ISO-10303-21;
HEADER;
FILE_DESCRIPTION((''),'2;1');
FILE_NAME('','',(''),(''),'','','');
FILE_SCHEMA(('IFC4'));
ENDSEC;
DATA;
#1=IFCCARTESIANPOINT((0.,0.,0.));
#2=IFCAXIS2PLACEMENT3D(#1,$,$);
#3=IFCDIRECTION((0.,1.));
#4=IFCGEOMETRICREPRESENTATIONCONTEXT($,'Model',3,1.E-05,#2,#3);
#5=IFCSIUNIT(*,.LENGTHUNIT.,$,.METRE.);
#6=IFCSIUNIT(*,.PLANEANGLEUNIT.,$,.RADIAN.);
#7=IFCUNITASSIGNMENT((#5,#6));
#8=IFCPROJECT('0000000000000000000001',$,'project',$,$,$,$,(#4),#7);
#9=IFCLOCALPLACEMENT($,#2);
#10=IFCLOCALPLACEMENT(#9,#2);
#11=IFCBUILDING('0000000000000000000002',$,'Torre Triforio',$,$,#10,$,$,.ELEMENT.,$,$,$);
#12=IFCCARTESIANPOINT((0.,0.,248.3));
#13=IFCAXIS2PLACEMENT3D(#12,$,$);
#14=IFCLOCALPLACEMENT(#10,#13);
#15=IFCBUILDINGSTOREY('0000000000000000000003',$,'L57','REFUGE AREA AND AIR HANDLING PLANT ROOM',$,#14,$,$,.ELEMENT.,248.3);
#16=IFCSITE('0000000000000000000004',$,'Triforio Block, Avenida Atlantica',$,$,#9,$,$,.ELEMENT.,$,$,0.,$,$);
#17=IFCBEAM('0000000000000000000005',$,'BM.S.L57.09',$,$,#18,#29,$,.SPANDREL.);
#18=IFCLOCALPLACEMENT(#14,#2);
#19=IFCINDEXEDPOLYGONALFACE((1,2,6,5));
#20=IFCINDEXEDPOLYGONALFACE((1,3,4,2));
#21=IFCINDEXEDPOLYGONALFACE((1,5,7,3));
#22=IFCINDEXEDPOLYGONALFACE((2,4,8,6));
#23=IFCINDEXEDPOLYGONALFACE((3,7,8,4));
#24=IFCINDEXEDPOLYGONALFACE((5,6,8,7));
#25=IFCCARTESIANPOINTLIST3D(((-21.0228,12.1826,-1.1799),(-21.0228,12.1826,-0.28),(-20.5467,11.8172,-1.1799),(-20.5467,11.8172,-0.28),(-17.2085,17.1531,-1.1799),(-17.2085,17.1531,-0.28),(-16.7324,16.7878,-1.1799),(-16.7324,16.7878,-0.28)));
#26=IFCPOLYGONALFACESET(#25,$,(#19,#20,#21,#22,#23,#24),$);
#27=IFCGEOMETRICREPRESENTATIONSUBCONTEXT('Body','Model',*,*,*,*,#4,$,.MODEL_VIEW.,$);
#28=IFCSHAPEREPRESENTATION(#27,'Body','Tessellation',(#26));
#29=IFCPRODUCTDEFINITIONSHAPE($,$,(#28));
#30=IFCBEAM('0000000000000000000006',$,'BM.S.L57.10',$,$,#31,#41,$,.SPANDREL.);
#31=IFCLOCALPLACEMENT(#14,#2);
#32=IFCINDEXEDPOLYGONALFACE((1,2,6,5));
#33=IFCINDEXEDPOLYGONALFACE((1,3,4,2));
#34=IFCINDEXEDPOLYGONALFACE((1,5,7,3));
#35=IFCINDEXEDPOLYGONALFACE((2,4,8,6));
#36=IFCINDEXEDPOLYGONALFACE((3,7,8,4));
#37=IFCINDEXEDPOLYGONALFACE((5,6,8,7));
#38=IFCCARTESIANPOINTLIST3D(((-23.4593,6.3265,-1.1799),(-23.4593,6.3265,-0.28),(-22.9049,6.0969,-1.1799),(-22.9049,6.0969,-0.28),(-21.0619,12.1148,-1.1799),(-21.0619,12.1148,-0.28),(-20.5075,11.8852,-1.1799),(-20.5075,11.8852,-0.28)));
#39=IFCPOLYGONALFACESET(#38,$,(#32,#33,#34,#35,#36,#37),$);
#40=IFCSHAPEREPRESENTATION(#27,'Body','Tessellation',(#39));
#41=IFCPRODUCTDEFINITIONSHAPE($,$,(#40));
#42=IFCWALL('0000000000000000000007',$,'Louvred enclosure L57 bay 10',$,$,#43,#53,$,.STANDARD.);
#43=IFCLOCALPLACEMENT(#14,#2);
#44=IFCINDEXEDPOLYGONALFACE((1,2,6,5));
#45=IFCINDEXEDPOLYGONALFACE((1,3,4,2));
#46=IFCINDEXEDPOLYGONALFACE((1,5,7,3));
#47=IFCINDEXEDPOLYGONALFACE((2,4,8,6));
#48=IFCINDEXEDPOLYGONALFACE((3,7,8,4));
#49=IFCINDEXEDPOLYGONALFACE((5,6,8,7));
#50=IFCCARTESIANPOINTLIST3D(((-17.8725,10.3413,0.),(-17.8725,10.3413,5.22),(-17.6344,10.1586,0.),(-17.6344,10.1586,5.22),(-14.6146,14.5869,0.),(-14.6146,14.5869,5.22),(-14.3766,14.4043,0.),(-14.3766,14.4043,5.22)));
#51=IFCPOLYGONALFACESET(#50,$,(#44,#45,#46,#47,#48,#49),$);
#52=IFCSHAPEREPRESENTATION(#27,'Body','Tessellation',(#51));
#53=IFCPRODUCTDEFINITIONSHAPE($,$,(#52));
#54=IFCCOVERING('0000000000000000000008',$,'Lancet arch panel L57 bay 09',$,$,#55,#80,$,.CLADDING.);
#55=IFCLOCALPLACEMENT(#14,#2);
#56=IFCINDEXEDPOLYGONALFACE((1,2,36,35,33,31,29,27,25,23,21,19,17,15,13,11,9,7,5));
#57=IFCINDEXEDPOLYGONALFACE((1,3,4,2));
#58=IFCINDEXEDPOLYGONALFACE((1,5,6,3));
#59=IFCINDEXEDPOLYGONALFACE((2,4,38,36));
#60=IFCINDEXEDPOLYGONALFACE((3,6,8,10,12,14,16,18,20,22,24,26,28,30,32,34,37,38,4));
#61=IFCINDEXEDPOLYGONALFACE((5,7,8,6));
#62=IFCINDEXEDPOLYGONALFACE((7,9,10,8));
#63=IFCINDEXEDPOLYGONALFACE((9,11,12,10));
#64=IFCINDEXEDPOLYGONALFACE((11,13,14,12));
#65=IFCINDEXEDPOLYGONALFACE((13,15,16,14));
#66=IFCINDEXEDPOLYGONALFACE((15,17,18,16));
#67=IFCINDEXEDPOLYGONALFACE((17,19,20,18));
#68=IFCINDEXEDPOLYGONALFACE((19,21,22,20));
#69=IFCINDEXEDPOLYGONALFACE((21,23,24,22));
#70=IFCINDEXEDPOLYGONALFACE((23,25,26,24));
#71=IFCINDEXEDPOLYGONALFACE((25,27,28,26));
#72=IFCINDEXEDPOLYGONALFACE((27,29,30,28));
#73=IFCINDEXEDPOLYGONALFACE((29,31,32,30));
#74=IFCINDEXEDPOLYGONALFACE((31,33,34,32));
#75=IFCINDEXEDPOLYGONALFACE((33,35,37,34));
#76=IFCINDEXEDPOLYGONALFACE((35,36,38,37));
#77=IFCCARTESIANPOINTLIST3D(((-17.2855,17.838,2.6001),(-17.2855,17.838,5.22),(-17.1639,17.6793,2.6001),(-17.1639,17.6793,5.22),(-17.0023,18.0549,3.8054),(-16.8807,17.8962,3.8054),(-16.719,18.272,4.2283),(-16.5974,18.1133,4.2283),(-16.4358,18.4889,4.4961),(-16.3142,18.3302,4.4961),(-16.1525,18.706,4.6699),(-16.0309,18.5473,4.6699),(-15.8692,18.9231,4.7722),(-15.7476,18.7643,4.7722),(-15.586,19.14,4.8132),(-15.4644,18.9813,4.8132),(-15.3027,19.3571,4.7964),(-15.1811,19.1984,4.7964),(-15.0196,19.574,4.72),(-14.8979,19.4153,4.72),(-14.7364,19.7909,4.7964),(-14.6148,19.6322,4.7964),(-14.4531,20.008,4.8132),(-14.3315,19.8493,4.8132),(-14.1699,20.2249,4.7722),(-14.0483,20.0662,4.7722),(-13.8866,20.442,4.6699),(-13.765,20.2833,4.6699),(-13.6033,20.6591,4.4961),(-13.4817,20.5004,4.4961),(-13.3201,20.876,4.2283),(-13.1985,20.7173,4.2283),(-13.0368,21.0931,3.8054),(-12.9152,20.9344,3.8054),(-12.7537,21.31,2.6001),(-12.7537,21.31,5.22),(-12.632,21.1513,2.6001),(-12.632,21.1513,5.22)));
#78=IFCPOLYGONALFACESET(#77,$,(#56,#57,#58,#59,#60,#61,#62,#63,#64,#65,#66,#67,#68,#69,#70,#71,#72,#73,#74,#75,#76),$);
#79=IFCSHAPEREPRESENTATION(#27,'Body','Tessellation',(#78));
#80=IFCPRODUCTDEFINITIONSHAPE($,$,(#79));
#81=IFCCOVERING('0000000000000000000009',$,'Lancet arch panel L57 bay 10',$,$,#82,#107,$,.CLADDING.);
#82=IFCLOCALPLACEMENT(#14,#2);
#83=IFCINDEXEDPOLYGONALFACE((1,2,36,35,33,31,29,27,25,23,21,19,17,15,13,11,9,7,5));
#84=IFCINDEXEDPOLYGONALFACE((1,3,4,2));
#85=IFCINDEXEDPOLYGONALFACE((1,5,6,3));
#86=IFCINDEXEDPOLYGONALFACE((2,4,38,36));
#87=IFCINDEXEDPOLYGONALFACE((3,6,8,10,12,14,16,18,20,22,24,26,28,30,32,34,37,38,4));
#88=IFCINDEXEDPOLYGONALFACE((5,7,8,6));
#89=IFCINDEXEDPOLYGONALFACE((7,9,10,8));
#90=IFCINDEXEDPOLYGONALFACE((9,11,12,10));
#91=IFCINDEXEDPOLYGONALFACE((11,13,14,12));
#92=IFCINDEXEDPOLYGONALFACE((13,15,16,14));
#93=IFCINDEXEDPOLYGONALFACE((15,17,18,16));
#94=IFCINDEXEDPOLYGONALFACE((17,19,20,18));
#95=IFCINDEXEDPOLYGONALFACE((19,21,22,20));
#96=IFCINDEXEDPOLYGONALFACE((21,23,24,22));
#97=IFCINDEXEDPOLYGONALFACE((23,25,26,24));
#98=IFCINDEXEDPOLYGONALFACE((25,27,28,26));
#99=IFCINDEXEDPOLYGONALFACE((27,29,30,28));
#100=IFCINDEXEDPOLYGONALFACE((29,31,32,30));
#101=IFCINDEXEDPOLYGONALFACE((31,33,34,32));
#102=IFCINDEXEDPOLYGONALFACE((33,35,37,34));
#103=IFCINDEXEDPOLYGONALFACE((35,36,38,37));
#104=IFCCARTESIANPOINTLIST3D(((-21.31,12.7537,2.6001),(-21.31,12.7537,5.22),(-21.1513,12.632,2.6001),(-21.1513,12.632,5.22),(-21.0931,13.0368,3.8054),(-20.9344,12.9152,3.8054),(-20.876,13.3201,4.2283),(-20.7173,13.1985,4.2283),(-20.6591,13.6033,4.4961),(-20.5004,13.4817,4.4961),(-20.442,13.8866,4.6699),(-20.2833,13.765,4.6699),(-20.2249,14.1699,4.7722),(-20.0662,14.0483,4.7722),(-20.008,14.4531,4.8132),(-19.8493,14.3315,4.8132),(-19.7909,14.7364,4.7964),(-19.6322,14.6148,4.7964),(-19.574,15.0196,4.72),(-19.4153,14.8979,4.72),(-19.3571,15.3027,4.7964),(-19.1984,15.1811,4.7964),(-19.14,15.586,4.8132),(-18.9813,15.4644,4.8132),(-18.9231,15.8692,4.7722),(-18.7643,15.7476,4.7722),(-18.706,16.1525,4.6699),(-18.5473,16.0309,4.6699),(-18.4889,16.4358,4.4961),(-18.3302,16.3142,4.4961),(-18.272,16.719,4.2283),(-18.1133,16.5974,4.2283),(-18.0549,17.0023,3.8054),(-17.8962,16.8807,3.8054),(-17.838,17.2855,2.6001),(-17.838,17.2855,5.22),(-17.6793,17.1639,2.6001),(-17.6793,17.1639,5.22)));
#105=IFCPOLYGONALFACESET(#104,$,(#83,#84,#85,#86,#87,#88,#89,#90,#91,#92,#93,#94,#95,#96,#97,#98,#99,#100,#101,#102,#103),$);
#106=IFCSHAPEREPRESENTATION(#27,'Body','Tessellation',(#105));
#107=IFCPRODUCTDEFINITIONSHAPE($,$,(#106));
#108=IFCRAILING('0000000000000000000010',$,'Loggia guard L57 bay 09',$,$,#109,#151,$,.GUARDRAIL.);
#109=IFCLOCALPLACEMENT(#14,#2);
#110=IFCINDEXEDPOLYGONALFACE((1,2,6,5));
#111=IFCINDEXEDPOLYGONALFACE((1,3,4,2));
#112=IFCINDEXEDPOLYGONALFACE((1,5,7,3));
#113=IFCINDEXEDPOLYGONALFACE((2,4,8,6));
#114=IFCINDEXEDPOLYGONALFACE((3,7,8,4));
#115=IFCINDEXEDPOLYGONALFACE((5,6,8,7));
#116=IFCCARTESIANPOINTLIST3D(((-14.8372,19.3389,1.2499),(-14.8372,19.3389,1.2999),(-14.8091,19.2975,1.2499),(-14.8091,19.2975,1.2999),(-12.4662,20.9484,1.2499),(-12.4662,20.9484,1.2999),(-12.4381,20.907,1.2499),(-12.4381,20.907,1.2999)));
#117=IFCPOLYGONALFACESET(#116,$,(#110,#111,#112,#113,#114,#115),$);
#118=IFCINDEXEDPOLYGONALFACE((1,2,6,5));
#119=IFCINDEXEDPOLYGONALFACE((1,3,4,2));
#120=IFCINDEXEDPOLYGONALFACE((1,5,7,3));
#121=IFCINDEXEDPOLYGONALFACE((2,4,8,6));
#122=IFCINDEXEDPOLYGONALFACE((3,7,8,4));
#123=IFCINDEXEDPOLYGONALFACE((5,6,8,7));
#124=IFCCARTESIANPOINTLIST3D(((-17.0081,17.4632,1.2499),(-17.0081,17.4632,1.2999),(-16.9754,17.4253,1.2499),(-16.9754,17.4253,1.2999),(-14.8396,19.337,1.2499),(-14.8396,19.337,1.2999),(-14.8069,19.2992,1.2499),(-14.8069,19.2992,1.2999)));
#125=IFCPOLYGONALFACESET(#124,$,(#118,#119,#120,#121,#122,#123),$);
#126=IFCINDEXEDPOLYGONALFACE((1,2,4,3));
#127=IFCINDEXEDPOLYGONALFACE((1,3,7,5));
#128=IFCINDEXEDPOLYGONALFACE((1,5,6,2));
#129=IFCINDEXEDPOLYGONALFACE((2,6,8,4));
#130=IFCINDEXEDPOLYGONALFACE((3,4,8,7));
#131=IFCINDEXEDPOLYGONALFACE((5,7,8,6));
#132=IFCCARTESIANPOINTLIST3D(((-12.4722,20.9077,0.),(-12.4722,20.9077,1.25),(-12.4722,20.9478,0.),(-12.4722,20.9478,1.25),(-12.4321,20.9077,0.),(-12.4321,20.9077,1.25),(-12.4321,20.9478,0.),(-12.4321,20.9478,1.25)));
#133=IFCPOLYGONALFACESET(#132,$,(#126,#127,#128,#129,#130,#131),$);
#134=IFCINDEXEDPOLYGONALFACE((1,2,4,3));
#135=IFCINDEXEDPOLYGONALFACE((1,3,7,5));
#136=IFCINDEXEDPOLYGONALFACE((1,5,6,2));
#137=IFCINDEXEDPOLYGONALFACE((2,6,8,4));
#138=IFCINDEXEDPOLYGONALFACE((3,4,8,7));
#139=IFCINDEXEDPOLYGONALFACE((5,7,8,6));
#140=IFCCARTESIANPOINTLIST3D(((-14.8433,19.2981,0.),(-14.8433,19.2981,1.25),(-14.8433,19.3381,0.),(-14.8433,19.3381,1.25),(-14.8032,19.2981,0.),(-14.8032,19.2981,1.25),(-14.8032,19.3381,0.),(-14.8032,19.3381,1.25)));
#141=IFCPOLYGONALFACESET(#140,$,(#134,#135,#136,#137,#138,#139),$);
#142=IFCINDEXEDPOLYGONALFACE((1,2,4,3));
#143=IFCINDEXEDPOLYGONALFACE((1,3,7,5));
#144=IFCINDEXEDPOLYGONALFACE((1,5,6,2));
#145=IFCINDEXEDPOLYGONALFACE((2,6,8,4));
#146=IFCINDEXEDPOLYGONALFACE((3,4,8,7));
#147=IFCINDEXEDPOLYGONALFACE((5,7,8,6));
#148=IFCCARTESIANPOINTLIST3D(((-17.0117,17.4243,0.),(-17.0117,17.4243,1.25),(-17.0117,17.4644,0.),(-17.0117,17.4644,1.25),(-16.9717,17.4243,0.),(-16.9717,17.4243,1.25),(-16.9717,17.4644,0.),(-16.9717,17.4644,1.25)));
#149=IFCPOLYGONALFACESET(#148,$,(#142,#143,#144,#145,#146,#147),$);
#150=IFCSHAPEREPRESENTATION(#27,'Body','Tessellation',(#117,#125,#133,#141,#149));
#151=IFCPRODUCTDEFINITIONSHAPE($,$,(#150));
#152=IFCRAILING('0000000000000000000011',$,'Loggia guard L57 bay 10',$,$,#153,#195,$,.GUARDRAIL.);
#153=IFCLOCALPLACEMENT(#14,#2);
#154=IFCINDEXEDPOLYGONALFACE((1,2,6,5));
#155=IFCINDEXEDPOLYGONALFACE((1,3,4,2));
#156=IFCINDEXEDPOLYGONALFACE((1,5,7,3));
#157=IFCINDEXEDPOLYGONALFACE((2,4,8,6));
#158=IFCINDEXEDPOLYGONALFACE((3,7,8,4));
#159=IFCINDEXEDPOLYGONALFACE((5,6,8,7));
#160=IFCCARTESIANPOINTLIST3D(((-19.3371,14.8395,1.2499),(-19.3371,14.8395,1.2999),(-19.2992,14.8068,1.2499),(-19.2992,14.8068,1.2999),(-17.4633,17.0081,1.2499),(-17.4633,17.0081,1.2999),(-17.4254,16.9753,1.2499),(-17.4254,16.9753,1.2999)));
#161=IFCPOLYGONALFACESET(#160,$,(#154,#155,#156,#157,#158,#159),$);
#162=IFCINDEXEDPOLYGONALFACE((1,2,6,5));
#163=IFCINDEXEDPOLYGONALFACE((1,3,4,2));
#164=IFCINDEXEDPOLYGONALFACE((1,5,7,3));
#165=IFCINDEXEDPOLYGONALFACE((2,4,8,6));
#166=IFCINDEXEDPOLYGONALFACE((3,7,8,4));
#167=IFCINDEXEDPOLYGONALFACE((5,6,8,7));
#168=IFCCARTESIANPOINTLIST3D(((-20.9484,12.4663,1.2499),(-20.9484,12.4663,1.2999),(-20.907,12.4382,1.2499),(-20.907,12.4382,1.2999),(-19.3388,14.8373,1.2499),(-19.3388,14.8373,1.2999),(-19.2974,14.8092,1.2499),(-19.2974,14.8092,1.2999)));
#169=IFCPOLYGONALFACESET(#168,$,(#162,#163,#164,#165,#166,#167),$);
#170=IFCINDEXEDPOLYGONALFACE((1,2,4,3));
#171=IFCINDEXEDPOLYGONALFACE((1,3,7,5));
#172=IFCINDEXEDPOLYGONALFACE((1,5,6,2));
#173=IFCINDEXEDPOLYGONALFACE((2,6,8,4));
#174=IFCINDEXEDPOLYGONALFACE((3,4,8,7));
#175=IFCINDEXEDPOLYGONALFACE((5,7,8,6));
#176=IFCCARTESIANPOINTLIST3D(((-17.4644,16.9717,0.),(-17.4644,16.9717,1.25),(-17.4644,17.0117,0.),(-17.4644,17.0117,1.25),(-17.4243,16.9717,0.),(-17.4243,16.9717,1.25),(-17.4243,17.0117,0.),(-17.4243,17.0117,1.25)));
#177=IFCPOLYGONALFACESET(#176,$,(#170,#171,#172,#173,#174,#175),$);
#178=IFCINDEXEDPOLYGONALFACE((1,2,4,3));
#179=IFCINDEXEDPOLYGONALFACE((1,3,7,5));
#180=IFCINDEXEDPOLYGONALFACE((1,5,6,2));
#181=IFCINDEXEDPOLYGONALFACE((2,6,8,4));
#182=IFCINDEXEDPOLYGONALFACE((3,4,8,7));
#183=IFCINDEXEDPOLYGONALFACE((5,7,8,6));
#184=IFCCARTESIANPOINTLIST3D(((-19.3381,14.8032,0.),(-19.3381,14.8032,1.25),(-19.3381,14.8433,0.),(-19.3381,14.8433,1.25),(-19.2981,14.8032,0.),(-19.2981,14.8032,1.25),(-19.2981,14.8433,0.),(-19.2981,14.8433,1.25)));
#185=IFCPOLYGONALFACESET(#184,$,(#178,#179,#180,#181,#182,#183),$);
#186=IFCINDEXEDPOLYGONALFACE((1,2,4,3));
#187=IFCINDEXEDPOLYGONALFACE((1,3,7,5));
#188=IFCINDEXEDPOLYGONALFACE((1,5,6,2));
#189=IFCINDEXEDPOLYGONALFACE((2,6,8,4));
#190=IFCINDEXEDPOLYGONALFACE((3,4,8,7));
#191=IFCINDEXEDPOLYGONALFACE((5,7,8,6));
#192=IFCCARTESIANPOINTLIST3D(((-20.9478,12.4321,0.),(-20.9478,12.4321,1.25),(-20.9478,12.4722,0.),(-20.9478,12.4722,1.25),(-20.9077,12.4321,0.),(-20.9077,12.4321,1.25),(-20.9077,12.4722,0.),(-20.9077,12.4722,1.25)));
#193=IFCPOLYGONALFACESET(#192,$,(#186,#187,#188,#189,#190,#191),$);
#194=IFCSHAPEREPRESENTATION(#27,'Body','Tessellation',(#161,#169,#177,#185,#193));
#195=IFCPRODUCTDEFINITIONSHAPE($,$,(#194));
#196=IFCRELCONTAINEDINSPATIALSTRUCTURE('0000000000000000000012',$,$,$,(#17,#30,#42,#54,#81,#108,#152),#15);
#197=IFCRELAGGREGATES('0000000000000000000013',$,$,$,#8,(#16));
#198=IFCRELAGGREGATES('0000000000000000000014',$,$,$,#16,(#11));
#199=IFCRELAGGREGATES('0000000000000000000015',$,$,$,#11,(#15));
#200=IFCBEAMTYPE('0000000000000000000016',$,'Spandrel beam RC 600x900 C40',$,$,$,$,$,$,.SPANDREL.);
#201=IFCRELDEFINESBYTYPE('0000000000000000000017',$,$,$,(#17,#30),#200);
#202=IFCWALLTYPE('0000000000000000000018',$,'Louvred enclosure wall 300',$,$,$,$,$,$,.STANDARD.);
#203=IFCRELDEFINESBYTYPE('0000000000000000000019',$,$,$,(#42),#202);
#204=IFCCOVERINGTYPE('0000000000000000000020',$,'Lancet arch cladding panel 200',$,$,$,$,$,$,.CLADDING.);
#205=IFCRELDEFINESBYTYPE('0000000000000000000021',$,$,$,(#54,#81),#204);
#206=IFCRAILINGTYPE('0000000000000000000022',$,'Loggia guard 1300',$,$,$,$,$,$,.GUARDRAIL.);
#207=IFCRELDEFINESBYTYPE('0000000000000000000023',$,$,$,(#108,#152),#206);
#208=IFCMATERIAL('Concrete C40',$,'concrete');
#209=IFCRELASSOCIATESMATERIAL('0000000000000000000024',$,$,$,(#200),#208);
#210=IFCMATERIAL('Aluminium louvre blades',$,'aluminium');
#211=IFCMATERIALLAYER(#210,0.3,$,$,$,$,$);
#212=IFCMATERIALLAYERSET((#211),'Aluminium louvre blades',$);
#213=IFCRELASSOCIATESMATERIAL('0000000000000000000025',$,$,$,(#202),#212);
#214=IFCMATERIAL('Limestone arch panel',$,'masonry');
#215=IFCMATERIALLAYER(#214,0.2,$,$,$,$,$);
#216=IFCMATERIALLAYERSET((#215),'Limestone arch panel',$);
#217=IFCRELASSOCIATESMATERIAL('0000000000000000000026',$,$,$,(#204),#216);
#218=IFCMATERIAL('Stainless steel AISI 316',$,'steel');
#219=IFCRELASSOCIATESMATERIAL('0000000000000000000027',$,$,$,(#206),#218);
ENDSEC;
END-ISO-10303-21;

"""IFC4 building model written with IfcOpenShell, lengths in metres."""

from ifc_helpers import new_model, si_unit, direction, frame, frame_2d, origin, origin_2d, place, context, subcontext, project, spatial, polyline, rectangle, outline, extrude, material, layer, layer_set, material_profile, profile_set, type_object, element, save


model = new_model("IFC4")

# Units and contexts
model_context = context("Model", 3, precision=1e-05, world=origin(), true_north=direction((0.0, 1.0)))
body_context = subcontext(model_context, "Body", "Model", "MODEL_VIEW")
ifc_project = project(units=[si_unit("LENGTHUNIT", "METRE"), si_unit("PLANEANGLEUNIT", "RADIAN")], contexts=[model_context])

# Site, building, storey
site_placement = place(None, origin())
site = spatial("IfcSite", under=ifc_project, at=site_placement, Name="Triforio Block, Avenida Atlantica", CompositionType="ELEMENT", RefElevation=0.0)
building_placement = place(site_placement, origin())
building = spatial("IfcBuilding", under=site, at=building_placement, Name="Torre Triforio", CompositionType="ELEMENT")
storey_placement = place(building_placement, frame((0.0, 0.0, 248.3)))
storey = spatial("IfcBuildingStorey", under=building, at=storey_placement, Name="L57", Description="REFUGE AREA AND AIR HANDLING PLANT ROOM", CompositionType="ELEMENT", Elevation=248.3)

# Beams
ifc_material_1 = material(Name="Concrete C40", Category="concrete")
ifc_material_profile_1 = material_profile(ifc_material_1, rectangle(XDim=0.6001, YDim=0.8999, at=origin_2d()), Name="RC 600x900")
ifc_profile_set_1 = profile_set([ifc_material_profile_1], Name="Concrete C40")
beam_type = type_object("IfcBeamType", Name="Spandrel beam RC 600x900 C40", PredefinedType="SPANDREL", material=ifc_profile_set_1)
beam_1_placement = place(storey_placement, frame((-16.9705, 16.9705, -0.73), z_axis=(-0.608786, -0.793335, 0.0), x_axis=(0.793335, -0.608786, 0.0)))
element("IfcBeam", 1, at=beam_1_placement, inside=storey, type_object=beam_type, Name="BM.S.L57.09", PredefinedType="SPANDREL", context=body_context, shape_type="SweptSolid", body=[
    extrude(rectangle(XDim=0.6001, YDim=0.8999, at=origin_2d()), origin(), (0.0, 0.0, 1.0), 6.2654),
])
beam_2_placement = place(storey_placement, frame((-20.7847, 12.0, -0.73), z_axis=(-0.382664, -0.923888, 0.0), x_axis=(0.923888, -0.382664, 0.0)))
element("IfcBeam", 2, at=beam_2_placement, inside=storey, type_object=beam_type, Name="BM.S.L57.10", PredefinedType="SPANDREL", context=body_context, shape_type="SweptSolid", body=[
    extrude(rectangle(XDim=0.6001, YDim=0.8999, at=origin_2d()), origin(), (0.0, 0.0, 1.0), 6.2651),
])

# Wall
ifc_material_2 = material(Name="Aluminium louvre blades", Category="aluminium")
ifc_layer_1 = layer(ifc_material_2, 0.3)
ifc_layer_set_1 = layer_set([ifc_layer_1], Name="Aluminium louvre blades")
wall_type = type_object("IfcWallType", Name="Louvred enclosure wall 300", PredefinedType="STANDARD", material=ifc_layer_set_1)
wall_1_placement = place(storey_placement, frame((-14.4956, 14.4956, 0.0), z_axis=(0.0, 0.0, 1.0), x_axis=(-0.608767, -0.793349, 0.0)))
element("IfcWall", 3, at=wall_1_placement, inside=storey, type_object=wall_type, Name="Louvred enclosure L57 bay 10", PredefinedType="STANDARD", context=body_context, shape_type="SweptSolid", body=[
    extrude(rectangle(XDim=5.3516, YDim=0.3, at=frame_2d((2.6758, 0.0))), origin(), (0.0, 0.0, 1.0), 5.22),
])

# Coverings
ifc_material_3 = material(Name="Limestone arch panel", Category="masonry")
ifc_layer_2 = layer(ifc_material_3, 0.2)
ifc_layer_set_2 = layer_set([ifc_layer_2], Name="Limestone arch panel")
covering_type_1 = type_object("IfcCoveringType", Name="Lancet arch cladding panel 200", PredefinedType="CLADDING", material=ifc_layer_set_2)
for number, where, z_axis, x_axis, name in (
    (4, (-14.8979, 19.4153, 0.0), (-0.608175, 0.793803, 0.0), (-0.793803, -0.608175, 0.0), "Lancet arch panel L57 bay 09"),
    (5, (-19.4153, 14.8979, 0.0), (-0.793803, 0.608175, 0.0), (-0.608175, -0.793803, 0.0), "Lancet arch panel L57 bay 10"),
):
    element("IfcCovering", number, at=place(storey_placement, frame(where, z_axis=z_axis, x_axis=x_axis)), inside=storey, type_object=covering_type_1, Name=name, PredefinedType="CLADDING", context=body_context, shape_type="SweptSolid", body=[
        extrude(outline(polyline([(-2.8545, 5.22), (-2.8545, 2.6001), (-2.4978, 3.8054), (-2.1409, 4.2283), (-1.7842, 4.4961), (-1.4272, 4.6699), (-1.0703, 4.7722), (-0.7136, 4.8132), (-0.3567, 4.7964), (0.0, 4.72), (0.3567, 4.7964), (0.7136, 4.8132), (1.0703, 4.7722), (1.4272, 4.6699), (1.7842, 4.4961), (2.1409, 4.2283), (2.4978, 3.8054), (2.8545, 2.6001), (2.8545, 5.22), (-2.8545, 5.22)])), origin(), (0.0, 0.0, 1.0), 0.2),
    ])

# Railings
ifc_material_4 = material(Name="Stainless steel AISI 316", Category="steel")
railing_type = type_object("IfcRailingType", Name="Loggia guard 1300", PredefinedType="GUARDRAIL", material=ifc_material_4)
railing_1_placement = place(storey_placement, frame((-12.4521, 20.9277, 0.0)))
element("IfcRailing", 6, at=railing_1_placement, inside=storey, type_object=railing_type, Name="Loggia guard L57 bay 09", PredefinedType="GUARDRAIL", context=body_context, shape_type="SweptSolid", body=[
    extrude(rectangle(XDim=0.05, YDim=0.05, at=origin_2d()), frame((0.0, 0.0, 1.2749), z_axis=(-0.827368, -0.56166, 0.0), x_axis=(0.56166, -0.827368, 0.0)), (0.0, 0.0, 1.0), 2.8657),
    extrude(rectangle(XDim=0.05, YDim=0.05, at=origin_2d()), frame((-2.3711, -1.6096, 1.2749), z_axis=(-0.756647, -0.653824, 0.0), x_axis=(0.653824, -0.756647, 0.0)), (0.0, 0.0, 1.0), 2.866),
    extrude(rectangle(XDim=0.04, YDim=0.04, at=origin_2d()), origin(), (0.0, 0.0, 1.0), 1.25),
    extrude(rectangle(XDim=0.04, YDim=0.04, at=origin_2d()), frame((-2.3711, -1.6096, 0.0)), (0.0, 0.0, 1.0), 1.25),
    extrude(rectangle(XDim=0.04, YDim=0.04, at=origin_2d()), frame((-4.5396, -3.4834, 0.0)), (0.0, 0.0, 1.0), 1.25),
])
railing_2_placement = place(storey_placement, frame((-17.4443, 16.9917, 0.0)))
element("IfcRailing", 7, at=railing_2_placement, inside=storey, type_object=railing_type, Name="Loggia guard L57 bay 10", PredefinedType="GUARDRAIL", context=body_context, shape_type="SweptSolid", body=[
    extrude(rectangle(XDim=0.05, YDim=0.05, at=origin_2d()), frame((0.0, 0.0, 1.2749), z_axis=(-0.653824, -0.756647, 0.0), x_axis=(0.756647, -0.653824, 0.0)), (0.0, 0.0, 1.0), 2.866),
    extrude(rectangle(XDim=0.05, YDim=0.05, at=origin_2d()), frame((-1.8738, -2.1685, 1.2749), z_axis=(-0.56166, -0.827368, 0.0), x_axis=(0.827368, -0.56166, 0.0)), (0.0, 0.0, 1.0), 2.8657),
    extrude(rectangle(XDim=0.04, YDim=0.04, at=origin_2d()), origin(), (0.0, 0.0, 1.0), 1.25),
    extrude(rectangle(XDim=0.04, YDim=0.04, at=origin_2d()), frame((-1.8738, -2.1685, 0.0)), (0.0, 0.0, 1.0), 1.25),
    extrude(rectangle(XDim=0.04, YDim=0.04, at=origin_2d()), frame((-3.4834, -4.5396, 0.0)), (0.0, 0.0, 1.0), 1.25),
])

save(model, "model.ifc")
